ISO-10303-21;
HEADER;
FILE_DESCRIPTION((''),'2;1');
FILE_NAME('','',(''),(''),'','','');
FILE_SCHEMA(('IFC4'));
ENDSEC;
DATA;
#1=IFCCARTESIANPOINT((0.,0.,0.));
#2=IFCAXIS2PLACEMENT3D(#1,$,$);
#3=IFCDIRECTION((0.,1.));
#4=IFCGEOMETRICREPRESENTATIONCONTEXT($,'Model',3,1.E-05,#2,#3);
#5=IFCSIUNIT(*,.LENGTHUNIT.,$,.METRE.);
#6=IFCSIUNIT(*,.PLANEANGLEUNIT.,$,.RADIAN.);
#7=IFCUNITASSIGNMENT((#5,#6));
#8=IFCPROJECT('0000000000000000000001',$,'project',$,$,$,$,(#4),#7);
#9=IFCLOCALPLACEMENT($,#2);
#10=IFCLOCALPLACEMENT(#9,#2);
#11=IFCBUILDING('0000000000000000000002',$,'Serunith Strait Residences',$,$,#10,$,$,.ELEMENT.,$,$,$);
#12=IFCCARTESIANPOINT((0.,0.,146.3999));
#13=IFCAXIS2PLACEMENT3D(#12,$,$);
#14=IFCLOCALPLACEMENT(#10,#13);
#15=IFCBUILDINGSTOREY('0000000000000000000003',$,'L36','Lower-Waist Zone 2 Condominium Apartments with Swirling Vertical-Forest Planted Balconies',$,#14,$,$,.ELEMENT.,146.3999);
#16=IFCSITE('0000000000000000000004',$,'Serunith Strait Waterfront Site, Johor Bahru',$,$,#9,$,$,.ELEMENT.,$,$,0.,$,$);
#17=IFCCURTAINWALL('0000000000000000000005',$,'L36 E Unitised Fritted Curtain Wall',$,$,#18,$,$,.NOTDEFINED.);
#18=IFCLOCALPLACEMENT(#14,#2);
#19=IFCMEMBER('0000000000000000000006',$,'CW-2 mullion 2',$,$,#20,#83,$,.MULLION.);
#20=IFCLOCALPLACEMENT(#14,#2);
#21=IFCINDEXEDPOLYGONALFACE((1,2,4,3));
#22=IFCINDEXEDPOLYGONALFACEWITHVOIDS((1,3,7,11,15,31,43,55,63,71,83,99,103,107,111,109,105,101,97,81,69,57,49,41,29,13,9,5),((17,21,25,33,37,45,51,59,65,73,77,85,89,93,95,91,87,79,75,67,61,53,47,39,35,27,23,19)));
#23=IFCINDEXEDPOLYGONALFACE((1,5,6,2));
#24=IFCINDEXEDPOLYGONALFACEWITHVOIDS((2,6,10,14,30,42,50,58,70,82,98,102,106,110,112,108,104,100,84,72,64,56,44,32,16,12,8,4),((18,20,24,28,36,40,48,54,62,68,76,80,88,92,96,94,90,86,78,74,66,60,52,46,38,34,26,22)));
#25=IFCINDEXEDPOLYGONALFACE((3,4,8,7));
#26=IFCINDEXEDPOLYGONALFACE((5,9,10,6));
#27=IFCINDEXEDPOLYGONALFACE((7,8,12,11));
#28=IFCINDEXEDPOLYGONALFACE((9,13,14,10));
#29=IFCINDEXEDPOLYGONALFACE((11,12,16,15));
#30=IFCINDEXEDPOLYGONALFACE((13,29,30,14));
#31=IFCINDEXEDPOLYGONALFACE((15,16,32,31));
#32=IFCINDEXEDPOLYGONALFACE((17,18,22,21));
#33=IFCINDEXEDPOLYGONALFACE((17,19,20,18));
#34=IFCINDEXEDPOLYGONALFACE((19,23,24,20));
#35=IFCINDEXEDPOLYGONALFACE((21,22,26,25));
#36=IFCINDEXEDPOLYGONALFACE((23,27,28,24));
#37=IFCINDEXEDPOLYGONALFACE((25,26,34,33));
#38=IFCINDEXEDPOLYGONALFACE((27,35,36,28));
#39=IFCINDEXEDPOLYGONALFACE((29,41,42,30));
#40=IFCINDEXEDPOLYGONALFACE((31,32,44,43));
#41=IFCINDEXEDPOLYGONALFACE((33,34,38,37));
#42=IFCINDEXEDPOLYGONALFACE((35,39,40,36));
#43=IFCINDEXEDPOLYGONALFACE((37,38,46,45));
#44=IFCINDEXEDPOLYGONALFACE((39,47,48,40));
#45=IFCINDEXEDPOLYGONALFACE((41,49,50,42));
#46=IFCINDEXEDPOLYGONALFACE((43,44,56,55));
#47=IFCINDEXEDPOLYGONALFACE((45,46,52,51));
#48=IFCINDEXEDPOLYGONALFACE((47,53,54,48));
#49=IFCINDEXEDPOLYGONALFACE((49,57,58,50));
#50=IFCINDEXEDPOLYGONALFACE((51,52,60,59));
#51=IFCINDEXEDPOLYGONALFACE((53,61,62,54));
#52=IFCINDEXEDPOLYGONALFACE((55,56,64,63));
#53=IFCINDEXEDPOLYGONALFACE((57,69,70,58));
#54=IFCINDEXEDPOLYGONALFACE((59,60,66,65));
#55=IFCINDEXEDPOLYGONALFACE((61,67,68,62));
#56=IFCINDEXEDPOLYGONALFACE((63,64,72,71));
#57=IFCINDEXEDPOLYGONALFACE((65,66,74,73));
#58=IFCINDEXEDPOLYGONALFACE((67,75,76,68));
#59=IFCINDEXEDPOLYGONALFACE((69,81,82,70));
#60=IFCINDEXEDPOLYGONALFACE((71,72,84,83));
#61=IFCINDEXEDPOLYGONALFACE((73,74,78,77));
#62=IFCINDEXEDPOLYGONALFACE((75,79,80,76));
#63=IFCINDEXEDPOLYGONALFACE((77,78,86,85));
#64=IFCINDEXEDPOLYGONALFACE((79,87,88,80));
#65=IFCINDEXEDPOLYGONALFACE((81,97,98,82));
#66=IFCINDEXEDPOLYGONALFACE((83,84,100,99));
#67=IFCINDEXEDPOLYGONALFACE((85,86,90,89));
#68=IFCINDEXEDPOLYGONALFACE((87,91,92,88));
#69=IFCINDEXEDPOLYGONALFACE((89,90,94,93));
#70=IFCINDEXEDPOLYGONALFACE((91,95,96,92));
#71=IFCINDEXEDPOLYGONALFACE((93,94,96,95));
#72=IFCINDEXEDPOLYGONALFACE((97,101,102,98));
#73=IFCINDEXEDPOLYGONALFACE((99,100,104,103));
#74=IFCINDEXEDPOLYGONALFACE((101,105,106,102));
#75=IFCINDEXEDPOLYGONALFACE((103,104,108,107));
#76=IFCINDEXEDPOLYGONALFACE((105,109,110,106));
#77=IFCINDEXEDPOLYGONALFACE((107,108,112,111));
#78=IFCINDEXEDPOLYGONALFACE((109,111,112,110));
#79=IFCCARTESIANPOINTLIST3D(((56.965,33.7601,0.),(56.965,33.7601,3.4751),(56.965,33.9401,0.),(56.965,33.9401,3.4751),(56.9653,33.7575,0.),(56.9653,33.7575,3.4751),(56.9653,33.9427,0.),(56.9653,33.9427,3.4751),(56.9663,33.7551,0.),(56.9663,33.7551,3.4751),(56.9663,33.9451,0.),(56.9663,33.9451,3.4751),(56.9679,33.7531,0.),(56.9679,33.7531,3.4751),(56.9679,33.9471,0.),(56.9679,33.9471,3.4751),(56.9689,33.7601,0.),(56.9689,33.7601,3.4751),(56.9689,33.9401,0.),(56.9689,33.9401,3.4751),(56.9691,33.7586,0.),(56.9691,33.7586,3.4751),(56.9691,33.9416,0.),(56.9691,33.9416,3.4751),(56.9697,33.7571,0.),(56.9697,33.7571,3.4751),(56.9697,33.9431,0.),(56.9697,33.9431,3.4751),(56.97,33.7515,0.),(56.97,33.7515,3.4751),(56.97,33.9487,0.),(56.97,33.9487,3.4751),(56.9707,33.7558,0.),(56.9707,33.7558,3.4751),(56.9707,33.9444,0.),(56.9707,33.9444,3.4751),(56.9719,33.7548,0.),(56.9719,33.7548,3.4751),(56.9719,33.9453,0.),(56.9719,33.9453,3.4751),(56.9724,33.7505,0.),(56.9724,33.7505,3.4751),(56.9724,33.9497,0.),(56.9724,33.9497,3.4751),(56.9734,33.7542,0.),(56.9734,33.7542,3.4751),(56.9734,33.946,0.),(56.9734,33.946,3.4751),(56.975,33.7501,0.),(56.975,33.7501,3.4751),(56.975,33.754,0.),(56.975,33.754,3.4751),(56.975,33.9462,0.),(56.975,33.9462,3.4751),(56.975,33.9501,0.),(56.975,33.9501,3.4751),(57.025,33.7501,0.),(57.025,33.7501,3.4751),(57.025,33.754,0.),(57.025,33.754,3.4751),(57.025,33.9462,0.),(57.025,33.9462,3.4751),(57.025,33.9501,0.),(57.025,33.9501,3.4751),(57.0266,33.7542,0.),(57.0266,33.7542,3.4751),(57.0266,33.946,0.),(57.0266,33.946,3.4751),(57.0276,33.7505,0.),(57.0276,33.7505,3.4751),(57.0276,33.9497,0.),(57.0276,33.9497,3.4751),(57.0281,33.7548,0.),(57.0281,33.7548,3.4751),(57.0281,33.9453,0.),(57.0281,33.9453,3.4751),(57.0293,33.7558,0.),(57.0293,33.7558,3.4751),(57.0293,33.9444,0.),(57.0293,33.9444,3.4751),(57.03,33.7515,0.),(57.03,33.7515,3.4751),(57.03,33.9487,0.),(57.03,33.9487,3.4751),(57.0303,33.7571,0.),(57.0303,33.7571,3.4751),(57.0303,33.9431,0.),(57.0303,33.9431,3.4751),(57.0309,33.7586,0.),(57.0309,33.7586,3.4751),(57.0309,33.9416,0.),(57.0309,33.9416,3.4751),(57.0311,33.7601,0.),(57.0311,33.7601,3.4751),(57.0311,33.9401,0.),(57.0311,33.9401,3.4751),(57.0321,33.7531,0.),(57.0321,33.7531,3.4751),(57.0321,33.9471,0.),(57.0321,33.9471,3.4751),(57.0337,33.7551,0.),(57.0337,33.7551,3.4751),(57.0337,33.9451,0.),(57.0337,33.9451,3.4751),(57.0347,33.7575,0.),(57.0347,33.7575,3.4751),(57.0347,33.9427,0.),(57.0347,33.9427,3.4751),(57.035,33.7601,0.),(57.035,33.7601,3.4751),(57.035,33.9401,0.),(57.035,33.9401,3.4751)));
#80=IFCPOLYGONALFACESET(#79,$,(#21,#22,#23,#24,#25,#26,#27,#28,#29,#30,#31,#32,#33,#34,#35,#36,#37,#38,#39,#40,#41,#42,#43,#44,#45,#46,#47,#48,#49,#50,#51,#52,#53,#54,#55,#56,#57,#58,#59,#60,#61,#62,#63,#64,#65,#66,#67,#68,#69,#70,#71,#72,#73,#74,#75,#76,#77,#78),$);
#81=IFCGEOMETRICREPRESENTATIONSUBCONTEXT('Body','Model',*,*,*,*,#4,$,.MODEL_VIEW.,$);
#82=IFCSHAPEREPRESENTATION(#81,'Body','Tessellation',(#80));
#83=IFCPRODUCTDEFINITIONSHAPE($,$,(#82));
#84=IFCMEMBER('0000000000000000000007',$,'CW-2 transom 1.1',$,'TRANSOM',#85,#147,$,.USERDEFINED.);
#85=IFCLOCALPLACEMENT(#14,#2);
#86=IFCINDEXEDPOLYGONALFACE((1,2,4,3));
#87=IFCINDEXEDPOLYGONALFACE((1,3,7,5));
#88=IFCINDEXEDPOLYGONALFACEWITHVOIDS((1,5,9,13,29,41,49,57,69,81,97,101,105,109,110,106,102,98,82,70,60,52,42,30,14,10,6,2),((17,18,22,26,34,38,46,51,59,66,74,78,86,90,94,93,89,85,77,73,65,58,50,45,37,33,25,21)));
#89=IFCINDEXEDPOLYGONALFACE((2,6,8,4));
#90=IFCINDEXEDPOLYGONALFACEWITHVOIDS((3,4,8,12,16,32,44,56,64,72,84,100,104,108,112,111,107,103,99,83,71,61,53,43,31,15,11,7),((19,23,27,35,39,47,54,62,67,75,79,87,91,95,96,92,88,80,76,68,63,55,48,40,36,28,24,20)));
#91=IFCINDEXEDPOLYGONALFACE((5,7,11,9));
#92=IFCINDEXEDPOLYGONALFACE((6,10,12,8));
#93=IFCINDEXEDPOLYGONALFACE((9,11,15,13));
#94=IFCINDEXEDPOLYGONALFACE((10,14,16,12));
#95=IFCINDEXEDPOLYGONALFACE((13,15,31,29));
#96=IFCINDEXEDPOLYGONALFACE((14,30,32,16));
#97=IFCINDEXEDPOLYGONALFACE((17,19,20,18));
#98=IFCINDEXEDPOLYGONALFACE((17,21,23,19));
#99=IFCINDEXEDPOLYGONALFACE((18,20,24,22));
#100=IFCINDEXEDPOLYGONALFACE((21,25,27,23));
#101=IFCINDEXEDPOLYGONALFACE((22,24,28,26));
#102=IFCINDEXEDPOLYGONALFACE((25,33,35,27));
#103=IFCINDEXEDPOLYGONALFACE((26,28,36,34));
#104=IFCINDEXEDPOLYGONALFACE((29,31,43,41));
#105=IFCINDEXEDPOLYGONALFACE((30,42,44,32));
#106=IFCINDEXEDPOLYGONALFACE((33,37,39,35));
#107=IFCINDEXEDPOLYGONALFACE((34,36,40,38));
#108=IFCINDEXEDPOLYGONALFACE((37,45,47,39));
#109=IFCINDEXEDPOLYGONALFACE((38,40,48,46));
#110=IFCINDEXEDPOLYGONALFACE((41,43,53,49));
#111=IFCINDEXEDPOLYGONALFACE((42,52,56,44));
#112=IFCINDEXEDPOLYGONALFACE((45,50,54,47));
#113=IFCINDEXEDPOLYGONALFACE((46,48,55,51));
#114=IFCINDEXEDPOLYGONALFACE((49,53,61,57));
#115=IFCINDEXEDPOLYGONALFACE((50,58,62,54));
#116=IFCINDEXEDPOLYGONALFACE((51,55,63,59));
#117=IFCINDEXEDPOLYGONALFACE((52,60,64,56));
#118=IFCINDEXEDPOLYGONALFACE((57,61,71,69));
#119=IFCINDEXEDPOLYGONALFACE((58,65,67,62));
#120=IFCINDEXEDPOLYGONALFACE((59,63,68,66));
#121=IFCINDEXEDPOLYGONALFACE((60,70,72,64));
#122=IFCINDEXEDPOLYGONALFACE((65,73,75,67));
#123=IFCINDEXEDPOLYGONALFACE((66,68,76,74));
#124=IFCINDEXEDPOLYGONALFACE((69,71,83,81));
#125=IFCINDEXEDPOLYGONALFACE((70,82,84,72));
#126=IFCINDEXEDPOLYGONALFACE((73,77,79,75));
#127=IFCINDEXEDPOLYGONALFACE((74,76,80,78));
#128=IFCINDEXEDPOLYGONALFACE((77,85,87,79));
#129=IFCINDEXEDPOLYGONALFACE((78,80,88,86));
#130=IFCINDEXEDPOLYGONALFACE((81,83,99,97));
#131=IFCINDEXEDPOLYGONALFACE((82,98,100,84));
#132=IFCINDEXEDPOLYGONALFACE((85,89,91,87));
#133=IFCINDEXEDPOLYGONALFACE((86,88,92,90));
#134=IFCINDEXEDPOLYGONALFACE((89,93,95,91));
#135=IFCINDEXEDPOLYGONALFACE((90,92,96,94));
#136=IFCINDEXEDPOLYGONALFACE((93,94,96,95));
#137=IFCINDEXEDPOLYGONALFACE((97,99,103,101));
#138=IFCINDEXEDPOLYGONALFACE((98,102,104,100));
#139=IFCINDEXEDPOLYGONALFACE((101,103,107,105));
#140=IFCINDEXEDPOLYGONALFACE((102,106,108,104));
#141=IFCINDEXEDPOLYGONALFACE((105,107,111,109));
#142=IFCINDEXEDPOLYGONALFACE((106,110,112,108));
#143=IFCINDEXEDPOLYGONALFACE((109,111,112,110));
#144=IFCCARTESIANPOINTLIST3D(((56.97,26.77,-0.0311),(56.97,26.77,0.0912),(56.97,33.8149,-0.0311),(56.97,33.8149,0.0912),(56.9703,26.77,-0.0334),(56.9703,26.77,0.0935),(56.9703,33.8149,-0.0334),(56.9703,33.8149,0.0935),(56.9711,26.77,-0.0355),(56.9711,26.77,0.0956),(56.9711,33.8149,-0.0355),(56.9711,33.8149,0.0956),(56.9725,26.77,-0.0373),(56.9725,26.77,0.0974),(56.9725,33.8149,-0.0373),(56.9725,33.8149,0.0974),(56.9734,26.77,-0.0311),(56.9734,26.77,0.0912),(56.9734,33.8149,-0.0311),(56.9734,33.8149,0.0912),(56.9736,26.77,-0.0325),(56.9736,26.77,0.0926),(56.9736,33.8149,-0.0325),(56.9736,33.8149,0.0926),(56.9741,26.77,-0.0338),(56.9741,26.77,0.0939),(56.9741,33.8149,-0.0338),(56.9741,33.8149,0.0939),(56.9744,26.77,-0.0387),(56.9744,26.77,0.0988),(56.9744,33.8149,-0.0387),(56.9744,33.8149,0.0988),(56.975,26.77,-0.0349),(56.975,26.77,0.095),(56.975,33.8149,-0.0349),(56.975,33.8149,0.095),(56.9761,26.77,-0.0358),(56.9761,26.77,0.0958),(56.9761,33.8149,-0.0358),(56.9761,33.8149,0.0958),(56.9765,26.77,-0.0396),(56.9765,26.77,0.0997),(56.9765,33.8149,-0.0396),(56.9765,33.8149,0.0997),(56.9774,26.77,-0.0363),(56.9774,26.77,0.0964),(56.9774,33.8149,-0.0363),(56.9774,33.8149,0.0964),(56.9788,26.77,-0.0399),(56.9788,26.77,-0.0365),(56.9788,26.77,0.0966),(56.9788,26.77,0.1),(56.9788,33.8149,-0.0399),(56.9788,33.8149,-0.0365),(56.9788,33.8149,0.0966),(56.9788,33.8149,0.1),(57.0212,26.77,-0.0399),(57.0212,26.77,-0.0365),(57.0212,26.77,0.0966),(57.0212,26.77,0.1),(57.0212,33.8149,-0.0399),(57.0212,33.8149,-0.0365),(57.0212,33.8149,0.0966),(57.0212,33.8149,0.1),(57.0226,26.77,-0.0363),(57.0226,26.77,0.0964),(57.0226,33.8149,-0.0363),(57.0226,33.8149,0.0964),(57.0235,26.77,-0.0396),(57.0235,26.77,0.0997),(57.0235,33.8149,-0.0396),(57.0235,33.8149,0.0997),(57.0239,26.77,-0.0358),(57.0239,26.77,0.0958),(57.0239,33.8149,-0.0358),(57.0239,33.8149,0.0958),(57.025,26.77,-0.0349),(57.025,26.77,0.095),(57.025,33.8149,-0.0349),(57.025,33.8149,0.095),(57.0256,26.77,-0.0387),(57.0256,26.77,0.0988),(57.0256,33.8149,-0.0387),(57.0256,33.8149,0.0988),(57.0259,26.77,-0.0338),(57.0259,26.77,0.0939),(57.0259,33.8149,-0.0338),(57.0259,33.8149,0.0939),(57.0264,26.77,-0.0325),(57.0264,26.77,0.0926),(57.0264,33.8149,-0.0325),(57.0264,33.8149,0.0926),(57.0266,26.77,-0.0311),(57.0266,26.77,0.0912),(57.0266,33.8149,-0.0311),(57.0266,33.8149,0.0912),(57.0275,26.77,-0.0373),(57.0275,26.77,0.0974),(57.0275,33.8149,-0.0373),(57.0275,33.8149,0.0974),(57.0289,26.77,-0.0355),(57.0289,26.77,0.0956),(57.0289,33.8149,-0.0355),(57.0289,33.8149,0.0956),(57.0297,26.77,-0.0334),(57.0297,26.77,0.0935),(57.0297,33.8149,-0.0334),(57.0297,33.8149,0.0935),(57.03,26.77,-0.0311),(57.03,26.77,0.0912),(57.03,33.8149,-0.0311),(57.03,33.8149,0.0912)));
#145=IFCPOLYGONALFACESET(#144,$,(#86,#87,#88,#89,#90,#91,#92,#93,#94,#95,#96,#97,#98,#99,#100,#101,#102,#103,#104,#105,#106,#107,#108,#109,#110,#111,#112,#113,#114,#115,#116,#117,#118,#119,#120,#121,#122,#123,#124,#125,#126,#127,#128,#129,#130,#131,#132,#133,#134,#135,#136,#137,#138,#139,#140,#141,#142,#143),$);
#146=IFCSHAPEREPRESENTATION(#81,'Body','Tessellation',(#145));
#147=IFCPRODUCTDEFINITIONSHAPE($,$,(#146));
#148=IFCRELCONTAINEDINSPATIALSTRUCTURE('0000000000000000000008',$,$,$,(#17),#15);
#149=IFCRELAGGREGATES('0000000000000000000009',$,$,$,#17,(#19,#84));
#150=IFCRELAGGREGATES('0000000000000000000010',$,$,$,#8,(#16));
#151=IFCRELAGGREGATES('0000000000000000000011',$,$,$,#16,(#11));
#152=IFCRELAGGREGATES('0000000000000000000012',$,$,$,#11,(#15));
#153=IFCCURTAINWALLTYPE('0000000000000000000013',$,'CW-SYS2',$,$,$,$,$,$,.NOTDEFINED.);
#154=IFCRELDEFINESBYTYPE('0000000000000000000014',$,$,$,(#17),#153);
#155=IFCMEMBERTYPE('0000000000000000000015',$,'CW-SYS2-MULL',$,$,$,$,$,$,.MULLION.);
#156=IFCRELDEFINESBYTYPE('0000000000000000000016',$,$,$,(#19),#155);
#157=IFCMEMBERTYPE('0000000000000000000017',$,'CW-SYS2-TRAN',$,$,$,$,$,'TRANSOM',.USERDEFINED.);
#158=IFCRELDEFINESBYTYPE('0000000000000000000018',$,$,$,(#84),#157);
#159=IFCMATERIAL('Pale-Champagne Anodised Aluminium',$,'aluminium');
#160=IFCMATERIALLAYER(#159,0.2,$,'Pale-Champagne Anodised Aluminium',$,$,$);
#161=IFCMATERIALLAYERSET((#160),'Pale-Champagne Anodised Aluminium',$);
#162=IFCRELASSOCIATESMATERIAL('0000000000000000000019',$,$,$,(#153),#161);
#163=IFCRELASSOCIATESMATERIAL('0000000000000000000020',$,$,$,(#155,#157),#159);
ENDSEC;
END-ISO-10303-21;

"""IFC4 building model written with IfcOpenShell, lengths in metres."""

from ifc_helpers import new_model, si_unit, direction, frame, origin, origin_2d, place, context, subcontext, project, spatial, hollow_rectangle, extrude, source, transform, mapped, material, layer, layer_set, material_profile, profile_set, type_object, element, aggregate, save


model = new_model("IFC4")

# Units and contexts
model_context = context("Model", 3, precision=1e-05, world=origin(), true_north=direction((0.0, 1.0)))
body_context = subcontext(model_context, "Body", "Model", "MODEL_VIEW")
ifc_project = project(units=[si_unit("LENGTHUNIT", "METRE"), si_unit("PLANEANGLEUNIT", "RADIAN")], contexts=[model_context])

# Site, building, storey
site_placement = place(None, origin())
site = spatial("IfcSite", under=ifc_project, at=site_placement, Name="Serunith Strait Waterfront Site, Johor Bahru", CompositionType="ELEMENT", RefElevation=0.0)
building_placement = place(site_placement, origin())
building = spatial("IfcBuilding", under=site, at=building_placement, Name="Serunith Strait Residences", CompositionType="ELEMENT")
storey_placement = place(building_placement, frame((0.0, 0.0, 146.3999)))
storey = spatial("IfcBuildingStorey", under=building, at=storey_placement, Name="L36", Description="Lower-Waist Zone 2 Condominium Apartments with Swirling Vertical-Forest Planted Balconies", CompositionType="ELEMENT", Elevation=146.3999)

# Shared definitions
ifc_material_1 = material(Name="Pale-Champagne Anodised Aluminium", Category="aluminium")
ifc_layer_1 = layer(ifc_material_1, 0.2, Name="Pale-Champagne Anodised Aluminium")
ifc_layer_set_1 = layer_set([ifc_layer_1], Name="Pale-Champagne Anodised Aluminium")
curtain_wall_type = type_object("IfcCurtainWallType", Name="CW-SYS2", PredefinedType="NOTDEFINED", material=ifc_layer_set_1)
ifc_material_profile_1 = material_profile(ifc_material_1, hollow_rectangle(XDim=0.0701, YDim=0.2, WallThickness=0.0039, InnerFilletRadius=0.0061, OuterFilletRadius=0.01, at=origin_2d()), Name="ALU 200x70x4")
ifc_profile_set_1 = profile_set([ifc_material_profile_1], Name="Pale-Champagne Anodised Aluminium")
member_type_1 = type_object("IfcMemberType", Name="CW-SYS2-MULL", PredefinedType="MULLION", material=ifc_profile_set_1)
shared_shape_1 = source(origin(), body_context, "Body", "SweptSolid", [
    extrude(hollow_rectangle(XDim=0.0701, YDim=0.2, WallThickness=0.0039, InnerFilletRadius=0.0061, OuterFilletRadius=0.01, at=origin_2d()), origin(), (0.0, 0.0, 1.0), 3.4751),
])

# Curtain wall, members
curtain_wall_1_placement = place(storey_placement, origin())
curtain_wall_1 = element("IfcCurtainWall", 1, at=curtain_wall_1_placement, inside=storey, type_object=curtain_wall_type, Name="L36 E Unitised Fritted Curtain Wall", PredefinedType="NOTDEFINED")
member_1_placement = place(storey_placement, frame((57.0, 33.8501, 0.0), z_axis=(0.0, 0.0, 1.0), x_axis=(-1.0, 0.0, 0.0)))
member_1 = element("IfcMember", 2, at=member_1_placement, type_object=member_type_1, Name="CW-2 mullion 2", PredefinedType="MULLION", context=body_context, shape_type="MappedRepresentation", body=[
    mapped(shared_shape_1, transform((0.0, 0.0, 0.0), scale=1.0)),
])
ifc_material_profile_2 = material_profile(ifc_material_1, hollow_rectangle(XDim=0.0601, YDim=0.1399, WallThickness=0.0034, InnerFilletRadius=0.0054, OuterFilletRadius=0.0088, at=origin_2d()), Name="ALU 140x60x3.5")
ifc_profile_set_2 = profile_set([ifc_material_profile_2], Name="Pale-Champagne Anodised Aluminium")
member_type_2 = type_object("IfcMemberType", Name="CW-SYS2-TRAN", ElementType="TRANSOM", PredefinedType="USERDEFINED", material=ifc_profile_set_2)
shared_shape_2 = source(origin(), body_context, "Body", "SweptSolid", [
    extrude(hollow_rectangle(XDim=0.0601, YDim=0.1399, WallThickness=0.0034, InnerFilletRadius=0.0054, OuterFilletRadius=0.0088, at=origin_2d()), origin(), (0.0, 0.0, 1.0), 7.0449),
])
member_2_placement = place(storey_placement, frame((57.0, 26.77, 0.03), z_axis=(0.0, 1.0, 0.0), x_axis=(-1.0, 0.0, 0.0)))
member_2 = element("IfcMember", 3, at=member_2_placement, type_object=member_type_2, Name="CW-2 transom 1.1", ObjectType="TRANSOM", PredefinedType="USERDEFINED", context=body_context, shape_type="MappedRepresentation", body=[
    mapped(shared_shape_2, transform((0.0, 0.0, 0.0), scale=1.0)),
])
aggregate(curtain_wall_1, [member_1, member_2])

save(model, "model.ifc")
